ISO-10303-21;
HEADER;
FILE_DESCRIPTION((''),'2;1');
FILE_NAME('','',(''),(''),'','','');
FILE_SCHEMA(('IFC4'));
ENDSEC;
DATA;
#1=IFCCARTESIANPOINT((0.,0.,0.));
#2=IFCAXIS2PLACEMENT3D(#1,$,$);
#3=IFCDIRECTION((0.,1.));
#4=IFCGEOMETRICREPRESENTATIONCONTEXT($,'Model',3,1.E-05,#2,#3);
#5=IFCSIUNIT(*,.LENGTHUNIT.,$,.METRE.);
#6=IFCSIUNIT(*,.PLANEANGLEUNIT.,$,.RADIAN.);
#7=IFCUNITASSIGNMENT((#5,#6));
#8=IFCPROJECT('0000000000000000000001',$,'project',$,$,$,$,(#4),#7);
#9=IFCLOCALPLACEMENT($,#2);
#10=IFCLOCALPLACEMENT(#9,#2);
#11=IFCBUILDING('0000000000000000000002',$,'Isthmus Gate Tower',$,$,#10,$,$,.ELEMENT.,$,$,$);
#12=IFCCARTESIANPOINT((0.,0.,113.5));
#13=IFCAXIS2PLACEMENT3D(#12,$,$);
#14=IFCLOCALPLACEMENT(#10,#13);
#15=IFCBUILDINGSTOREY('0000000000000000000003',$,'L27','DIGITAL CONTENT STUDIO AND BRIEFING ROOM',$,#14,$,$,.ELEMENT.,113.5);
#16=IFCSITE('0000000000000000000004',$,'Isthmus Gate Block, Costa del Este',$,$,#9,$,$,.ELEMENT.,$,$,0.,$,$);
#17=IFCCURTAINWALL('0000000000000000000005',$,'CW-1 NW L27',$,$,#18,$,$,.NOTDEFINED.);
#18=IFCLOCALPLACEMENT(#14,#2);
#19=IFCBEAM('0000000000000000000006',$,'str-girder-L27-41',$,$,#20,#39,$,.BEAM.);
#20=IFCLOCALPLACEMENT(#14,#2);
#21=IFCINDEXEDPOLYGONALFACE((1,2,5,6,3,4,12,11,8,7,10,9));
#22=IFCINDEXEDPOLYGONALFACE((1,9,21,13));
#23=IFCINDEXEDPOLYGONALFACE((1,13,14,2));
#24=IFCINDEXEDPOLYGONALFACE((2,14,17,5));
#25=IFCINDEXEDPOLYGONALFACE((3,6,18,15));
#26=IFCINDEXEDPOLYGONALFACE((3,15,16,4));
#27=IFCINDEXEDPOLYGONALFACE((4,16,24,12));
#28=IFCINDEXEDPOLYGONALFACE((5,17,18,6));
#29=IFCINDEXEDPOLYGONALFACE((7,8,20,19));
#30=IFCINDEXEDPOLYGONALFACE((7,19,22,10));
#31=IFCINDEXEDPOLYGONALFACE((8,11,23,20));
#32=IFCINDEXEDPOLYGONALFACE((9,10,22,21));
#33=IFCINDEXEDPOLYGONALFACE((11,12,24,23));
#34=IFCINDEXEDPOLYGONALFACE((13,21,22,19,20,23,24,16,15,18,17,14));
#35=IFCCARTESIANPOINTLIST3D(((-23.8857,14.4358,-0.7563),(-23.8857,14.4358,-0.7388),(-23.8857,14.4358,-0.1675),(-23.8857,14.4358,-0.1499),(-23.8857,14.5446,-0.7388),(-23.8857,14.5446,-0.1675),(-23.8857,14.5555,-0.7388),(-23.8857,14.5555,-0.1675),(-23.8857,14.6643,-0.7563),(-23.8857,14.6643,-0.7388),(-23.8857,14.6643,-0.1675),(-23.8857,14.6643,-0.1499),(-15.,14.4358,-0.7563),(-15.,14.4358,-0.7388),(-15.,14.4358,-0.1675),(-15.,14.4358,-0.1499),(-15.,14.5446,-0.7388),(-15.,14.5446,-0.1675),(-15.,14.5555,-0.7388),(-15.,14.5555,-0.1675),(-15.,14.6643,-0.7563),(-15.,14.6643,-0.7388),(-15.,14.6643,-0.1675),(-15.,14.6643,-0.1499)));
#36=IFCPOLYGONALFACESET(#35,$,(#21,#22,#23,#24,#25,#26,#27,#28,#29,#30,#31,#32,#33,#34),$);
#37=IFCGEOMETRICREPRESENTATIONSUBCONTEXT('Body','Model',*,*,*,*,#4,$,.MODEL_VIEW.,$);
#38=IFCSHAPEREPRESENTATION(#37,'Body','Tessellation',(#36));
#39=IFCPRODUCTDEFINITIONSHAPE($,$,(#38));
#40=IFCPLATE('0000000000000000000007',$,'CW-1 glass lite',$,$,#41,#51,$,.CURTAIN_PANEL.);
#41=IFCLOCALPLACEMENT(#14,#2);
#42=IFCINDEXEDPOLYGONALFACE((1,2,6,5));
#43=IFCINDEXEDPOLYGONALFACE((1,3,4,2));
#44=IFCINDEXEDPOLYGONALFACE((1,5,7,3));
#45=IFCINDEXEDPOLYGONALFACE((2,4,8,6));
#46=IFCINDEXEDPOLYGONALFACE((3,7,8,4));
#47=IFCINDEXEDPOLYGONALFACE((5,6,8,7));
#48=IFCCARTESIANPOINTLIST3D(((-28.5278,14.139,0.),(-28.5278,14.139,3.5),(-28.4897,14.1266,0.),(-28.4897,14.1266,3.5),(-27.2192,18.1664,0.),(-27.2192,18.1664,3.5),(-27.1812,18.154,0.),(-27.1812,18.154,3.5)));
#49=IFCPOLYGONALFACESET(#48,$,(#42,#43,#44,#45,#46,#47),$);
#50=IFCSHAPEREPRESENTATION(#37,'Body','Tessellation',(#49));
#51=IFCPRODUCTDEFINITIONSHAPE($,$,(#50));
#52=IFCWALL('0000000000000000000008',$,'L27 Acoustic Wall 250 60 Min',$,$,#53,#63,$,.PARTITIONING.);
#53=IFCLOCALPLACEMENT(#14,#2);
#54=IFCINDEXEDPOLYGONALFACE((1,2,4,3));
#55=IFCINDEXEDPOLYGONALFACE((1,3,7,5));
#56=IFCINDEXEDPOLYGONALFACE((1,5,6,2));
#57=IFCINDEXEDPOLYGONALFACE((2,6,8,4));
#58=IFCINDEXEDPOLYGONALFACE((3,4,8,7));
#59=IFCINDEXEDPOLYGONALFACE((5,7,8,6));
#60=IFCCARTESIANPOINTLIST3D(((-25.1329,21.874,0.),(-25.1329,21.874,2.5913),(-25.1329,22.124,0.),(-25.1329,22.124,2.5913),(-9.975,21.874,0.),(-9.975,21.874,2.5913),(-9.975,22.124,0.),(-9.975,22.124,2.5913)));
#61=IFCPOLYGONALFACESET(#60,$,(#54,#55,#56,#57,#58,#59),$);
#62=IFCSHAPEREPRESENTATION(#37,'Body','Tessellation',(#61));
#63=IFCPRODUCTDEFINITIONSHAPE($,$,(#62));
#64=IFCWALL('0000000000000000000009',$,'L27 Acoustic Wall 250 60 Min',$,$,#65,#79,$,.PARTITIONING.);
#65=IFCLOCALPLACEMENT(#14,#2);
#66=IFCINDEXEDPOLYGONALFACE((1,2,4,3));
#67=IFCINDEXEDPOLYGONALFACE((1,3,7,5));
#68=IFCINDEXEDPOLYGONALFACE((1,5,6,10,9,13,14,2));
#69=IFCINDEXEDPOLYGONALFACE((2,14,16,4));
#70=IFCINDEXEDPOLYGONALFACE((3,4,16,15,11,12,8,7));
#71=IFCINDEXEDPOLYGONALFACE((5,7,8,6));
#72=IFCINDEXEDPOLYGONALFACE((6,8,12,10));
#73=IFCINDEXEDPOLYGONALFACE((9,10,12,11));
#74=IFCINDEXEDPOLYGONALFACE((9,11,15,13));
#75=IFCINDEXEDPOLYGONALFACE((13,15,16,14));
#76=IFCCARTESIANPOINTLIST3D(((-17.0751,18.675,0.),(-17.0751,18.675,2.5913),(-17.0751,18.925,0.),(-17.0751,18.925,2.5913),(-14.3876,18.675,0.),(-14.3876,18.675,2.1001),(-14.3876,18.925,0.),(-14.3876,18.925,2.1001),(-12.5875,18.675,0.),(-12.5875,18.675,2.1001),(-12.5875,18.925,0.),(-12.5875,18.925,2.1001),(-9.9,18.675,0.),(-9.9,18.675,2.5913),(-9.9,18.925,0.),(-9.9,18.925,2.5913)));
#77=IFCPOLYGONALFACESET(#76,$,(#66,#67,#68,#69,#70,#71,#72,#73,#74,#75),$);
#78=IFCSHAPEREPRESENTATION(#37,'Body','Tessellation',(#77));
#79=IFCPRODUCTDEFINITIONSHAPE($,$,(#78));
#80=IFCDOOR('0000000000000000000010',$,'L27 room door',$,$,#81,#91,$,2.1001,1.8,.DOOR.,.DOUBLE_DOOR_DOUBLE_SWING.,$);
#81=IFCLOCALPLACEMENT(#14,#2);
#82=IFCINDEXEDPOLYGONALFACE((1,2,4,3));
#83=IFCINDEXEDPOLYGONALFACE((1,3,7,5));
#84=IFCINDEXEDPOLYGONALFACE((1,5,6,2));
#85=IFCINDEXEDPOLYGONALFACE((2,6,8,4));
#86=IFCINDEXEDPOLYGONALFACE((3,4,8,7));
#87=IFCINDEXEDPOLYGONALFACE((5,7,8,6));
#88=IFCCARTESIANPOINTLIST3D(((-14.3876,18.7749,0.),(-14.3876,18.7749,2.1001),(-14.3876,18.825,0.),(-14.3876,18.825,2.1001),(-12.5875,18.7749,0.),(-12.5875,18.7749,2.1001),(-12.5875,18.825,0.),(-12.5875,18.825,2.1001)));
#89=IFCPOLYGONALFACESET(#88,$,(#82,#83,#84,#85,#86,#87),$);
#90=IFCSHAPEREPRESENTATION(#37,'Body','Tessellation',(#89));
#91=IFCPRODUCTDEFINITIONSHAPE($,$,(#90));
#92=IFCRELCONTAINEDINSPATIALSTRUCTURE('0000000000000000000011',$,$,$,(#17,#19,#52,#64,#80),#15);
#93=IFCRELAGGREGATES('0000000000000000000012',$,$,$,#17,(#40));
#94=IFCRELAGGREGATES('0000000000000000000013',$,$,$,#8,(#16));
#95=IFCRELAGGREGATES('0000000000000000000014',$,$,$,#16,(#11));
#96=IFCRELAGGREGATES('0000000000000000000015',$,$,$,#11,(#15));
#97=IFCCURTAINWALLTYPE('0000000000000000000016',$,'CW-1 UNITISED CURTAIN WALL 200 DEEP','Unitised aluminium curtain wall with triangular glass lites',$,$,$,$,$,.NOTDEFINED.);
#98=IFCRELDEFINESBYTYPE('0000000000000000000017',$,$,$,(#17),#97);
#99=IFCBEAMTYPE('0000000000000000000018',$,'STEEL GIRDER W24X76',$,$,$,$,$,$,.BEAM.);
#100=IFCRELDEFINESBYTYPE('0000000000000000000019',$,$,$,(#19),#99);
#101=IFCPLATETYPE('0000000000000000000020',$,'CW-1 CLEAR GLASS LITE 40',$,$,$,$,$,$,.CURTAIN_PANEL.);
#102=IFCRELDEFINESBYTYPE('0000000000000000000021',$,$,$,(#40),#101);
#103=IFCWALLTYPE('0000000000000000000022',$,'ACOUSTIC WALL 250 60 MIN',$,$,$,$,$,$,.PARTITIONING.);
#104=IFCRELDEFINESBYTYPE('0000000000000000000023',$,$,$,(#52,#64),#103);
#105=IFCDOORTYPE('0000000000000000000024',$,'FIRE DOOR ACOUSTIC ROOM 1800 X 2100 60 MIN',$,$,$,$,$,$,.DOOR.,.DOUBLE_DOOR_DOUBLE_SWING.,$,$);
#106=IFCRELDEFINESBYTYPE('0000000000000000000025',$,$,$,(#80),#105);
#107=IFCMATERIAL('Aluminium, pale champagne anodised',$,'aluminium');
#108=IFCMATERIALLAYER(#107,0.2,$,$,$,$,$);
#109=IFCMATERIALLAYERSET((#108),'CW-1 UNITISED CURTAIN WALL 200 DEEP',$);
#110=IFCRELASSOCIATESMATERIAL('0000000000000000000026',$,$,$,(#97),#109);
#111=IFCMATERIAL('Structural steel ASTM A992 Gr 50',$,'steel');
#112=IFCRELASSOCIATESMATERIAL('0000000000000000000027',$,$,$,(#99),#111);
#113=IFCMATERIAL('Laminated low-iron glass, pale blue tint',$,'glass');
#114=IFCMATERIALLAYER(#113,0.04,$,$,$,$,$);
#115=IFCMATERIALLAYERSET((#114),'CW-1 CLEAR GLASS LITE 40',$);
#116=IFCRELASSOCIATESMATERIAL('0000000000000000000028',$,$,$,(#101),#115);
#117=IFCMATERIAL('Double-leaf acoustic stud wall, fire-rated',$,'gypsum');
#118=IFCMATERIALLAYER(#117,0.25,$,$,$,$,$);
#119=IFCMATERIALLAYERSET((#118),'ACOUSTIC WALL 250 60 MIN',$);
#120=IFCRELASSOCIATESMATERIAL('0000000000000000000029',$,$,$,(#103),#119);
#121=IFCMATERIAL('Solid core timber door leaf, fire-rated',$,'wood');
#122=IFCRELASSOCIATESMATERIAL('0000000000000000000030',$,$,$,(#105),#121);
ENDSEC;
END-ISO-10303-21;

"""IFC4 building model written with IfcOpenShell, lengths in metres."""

from ifc_helpers import new_model, si_unit, direction, frame, frame_2d, origin, origin_2d, place, context, subcontext, project, spatial, rectangle, i_section, extrude, material, layer, layer_set, material_profile, profile_set, type_object, element, fill, aggregate, save


model = new_model("IFC4")

# Units and contexts
model_context = context("Model", 3, precision=1e-05, world=origin(), true_north=direction((0.0, 1.0)))
body_context = subcontext(model_context, "Body", "Model", "MODEL_VIEW")
ifc_project = project(units=[si_unit("LENGTHUNIT", "METRE"), si_unit("PLANEANGLEUNIT", "RADIAN")], contexts=[model_context])

# Site, building, storey
site_placement = place(None, origin())
site = spatial("IfcSite", under=ifc_project, at=site_placement, Name="Isthmus Gate Block, Costa del Este", CompositionType="ELEMENT", RefElevation=0.0)
building_placement = place(site_placement, origin())
building = spatial("IfcBuilding", under=site, at=building_placement, Name="Isthmus Gate Tower", CompositionType="ELEMENT")
storey_placement = place(building_placement, frame((0.0, 0.0, 113.5)))
storey = spatial("IfcBuildingStorey", under=building, at=storey_placement, Name="L27", Description="DIGITAL CONTENT STUDIO AND BRIEFING ROOM", CompositionType="ELEMENT", Elevation=113.5)

# Curtain wall
ifc_material_1 = material(Name="Aluminium, pale champagne anodised", Category="aluminium")
ifc_layer_1 = layer(ifc_material_1, 0.2)
ifc_layer_set_1 = layer_set([ifc_layer_1], Name="CW-1 UNITISED CURTAIN WALL 200 DEEP")
curtain_wall_type = type_object("IfcCurtainWallType", Name="CW-1 UNITISED CURTAIN WALL 200 DEEP", Description="Unitised aluminium curtain wall with triangular glass lites", PredefinedType="NOTDEFINED", material=ifc_layer_set_1)
curtain_wall_placement = place(storey_placement, origin())
curtain_wall = element("IfcCurtainWall", 1, at=curtain_wall_placement, inside=storey, type_object=curtain_wall_type, Name="CW-1 NW L27", PredefinedType="NOTDEFINED")

# Beam
ifc_material_2 = material(Name="Structural steel ASTM A992 Gr 50", Category="steel")
ifc_material_profile_1 = material_profile(ifc_material_2, i_section(OverallWidth=0.2285, OverallDepth=0.6064, WebThickness=0.011, FlangeThickness=0.0176, at=origin_2d()), Name="W24X76")
ifc_profile_set_1 = profile_set([ifc_material_profile_1], Name="Structural steel ASTM A992 Gr 50")
beam_type_1 = type_object("IfcBeamType", Name="STEEL GIRDER W24X76", PredefinedType="BEAM", material=ifc_profile_set_1)
beam_1_placement = place(storey_placement, frame((-15.0, 14.55, -0.4531), z_axis=(-1.0, 0.0, 0.0), x_axis=(0.0, -1.0, 0.0)))
element("IfcBeam", 2, at=beam_1_placement, inside=storey, type_object=beam_type_1, Name="str-girder-L27-41", PredefinedType="BEAM", context=body_context, shape_type="SweptSolid", body=[
    extrude(i_section(OverallWidth=0.2285, OverallDepth=0.6064, WebThickness=0.011, FlangeThickness=0.0176, at=origin_2d()), origin(), (0.0, 0.0, 1.0), 8.8857),
])

# Plate
ifc_material_3 = material(Name="Laminated low-iron glass, pale blue tint", Category="glass")
ifc_layer_2 = layer(ifc_material_3, 0.04)
ifc_layer_set_2 = layer_set([ifc_layer_2], Name="CW-1 CLEAR GLASS LITE 40")
plate_type = type_object("IfcPlateType", Name="CW-1 CLEAR GLASS LITE 40", PredefinedType="CURTAIN_PANEL", material=ifc_layer_set_2)
plate_placement = place(storey_placement, frame((-27.8545, 16.1465, 0.0), z_axis=(0.0, 0.0, 1.0), x_axis=(-0.309017, -0.951057, 0.0)))
plate = element("IfcPlate", 3, at=plate_placement, type_object=plate_type, Name="CW-1 glass lite", PredefinedType="CURTAIN_PANEL", context=body_context, shape_type="SweptSolid", body=[
    extrude(rectangle(XDim=4.2346, YDim=0.04, at=origin_2d()), origin(), (0.0, 0.0, 1.0), 3.5),
])

# Wall
ifc_material_4 = material(Name="Double-leaf acoustic stud wall, fire-rated", Category="gypsum")
ifc_layer_3 = layer(ifc_material_4, 0.25)
ifc_layer_set_3 = layer_set([ifc_layer_3], Name="ACOUSTIC WALL 250 60 MIN")
wall_type_1 = type_object("IfcWallType", Name="ACOUSTIC WALL 250 60 MIN", PredefinedType="PARTITIONING", material=ifc_layer_set_3)
wall_1_placement = place(storey_placement, frame((-25.1331, 21.999, 0.0), z_axis=(0.0, 0.0, 1.0), x_axis=(1.0, 0.0, 0.0)))
element("IfcWall", 4, at=wall_1_placement, inside=storey, type_object=wall_type_1, Name="L27 Acoustic Wall 250 60 Min", PredefinedType="PARTITIONING", context=body_context, shape_type="SweptSolid", body=[
    extrude(rectangle(XDim=15.158, YDim=0.25, at=frame_2d((7.5791, 0.0))), origin(), (0.0, 0.0, 1.0), 2.5913),
])

# Wall, opening, door
wall_2_placement = place(storey_placement, frame((-17.075, 18.8, 0.0), z_axis=(0.0, 0.0, 1.0), x_axis=(1.0, 0.0, 0.0)))
wall_2 = element("IfcWall", 5, at=wall_2_placement, inside=storey, type_object=wall_type_1, Name="L27 Acoustic Wall 250 60 Min", PredefinedType="PARTITIONING", context=body_context, shape_type="SweptSolid", body=[
    extrude(rectangle(XDim=7.175, YDim=0.25, at=frame_2d((3.5874, 0.0))), origin(), (0.0, 0.0, 1.0), 2.5913),
])
opening_1_placement = place(wall_2_placement, frame((2.6875, 0.0, 0.0)))
opening_1 = element("IfcOpeningElement", 6, at=opening_1_placement, cuts=wall_2, PredefinedType="OPENING", context=body_context, shape_type="SweptSolid", body=[
    extrude(rectangle(XDim=1.8, YDim=2.1001, at=frame_2d((0.8999, 1.05))), frame((0.0, 0.135, 0.0), z_axis=(0.0, -1.0, 0.0), x_axis=(1.0, 0.0, 0.0)), (0.0, 0.0, 1.0), 0.27),
])
ifc_material_5 = material(Name="Solid core timber door leaf, fire-rated", Category="wood")
door_type_1 = type_object("IfcDoorType", Name="FIRE DOOR ACOUSTIC ROOM 1800 X 2100 60 MIN", OperationType="DOUBLE_DOOR_DOUBLE_SWING", PredefinedType="DOOR", material=ifc_material_5)
door_1_placement = place(opening_1_placement, origin())
door_1 = element("IfcDoor", 7, at=door_1_placement, inside=storey, type_object=door_type_1, Name="L27 room door", OperationType="DOUBLE_DOOR_DOUBLE_SWING", OverallHeight=2.1001, OverallWidth=1.8, PredefinedType="DOOR", context=body_context, shape_type="SweptSolid", body=[
    extrude(rectangle(XDim=1.8, YDim=2.1001, at=frame_2d((0.8999, 1.05))), frame((0.0, 0.0249, 0.0), z_axis=(0.0, -1.0, 0.0), x_axis=(1.0, 0.0, 0.0)), (0.0, 0.0, 1.0), 0.05),
])
fill(opening_1, door_1)

aggregate(curtain_wall, [plate])

save(model, "model.ifc")
